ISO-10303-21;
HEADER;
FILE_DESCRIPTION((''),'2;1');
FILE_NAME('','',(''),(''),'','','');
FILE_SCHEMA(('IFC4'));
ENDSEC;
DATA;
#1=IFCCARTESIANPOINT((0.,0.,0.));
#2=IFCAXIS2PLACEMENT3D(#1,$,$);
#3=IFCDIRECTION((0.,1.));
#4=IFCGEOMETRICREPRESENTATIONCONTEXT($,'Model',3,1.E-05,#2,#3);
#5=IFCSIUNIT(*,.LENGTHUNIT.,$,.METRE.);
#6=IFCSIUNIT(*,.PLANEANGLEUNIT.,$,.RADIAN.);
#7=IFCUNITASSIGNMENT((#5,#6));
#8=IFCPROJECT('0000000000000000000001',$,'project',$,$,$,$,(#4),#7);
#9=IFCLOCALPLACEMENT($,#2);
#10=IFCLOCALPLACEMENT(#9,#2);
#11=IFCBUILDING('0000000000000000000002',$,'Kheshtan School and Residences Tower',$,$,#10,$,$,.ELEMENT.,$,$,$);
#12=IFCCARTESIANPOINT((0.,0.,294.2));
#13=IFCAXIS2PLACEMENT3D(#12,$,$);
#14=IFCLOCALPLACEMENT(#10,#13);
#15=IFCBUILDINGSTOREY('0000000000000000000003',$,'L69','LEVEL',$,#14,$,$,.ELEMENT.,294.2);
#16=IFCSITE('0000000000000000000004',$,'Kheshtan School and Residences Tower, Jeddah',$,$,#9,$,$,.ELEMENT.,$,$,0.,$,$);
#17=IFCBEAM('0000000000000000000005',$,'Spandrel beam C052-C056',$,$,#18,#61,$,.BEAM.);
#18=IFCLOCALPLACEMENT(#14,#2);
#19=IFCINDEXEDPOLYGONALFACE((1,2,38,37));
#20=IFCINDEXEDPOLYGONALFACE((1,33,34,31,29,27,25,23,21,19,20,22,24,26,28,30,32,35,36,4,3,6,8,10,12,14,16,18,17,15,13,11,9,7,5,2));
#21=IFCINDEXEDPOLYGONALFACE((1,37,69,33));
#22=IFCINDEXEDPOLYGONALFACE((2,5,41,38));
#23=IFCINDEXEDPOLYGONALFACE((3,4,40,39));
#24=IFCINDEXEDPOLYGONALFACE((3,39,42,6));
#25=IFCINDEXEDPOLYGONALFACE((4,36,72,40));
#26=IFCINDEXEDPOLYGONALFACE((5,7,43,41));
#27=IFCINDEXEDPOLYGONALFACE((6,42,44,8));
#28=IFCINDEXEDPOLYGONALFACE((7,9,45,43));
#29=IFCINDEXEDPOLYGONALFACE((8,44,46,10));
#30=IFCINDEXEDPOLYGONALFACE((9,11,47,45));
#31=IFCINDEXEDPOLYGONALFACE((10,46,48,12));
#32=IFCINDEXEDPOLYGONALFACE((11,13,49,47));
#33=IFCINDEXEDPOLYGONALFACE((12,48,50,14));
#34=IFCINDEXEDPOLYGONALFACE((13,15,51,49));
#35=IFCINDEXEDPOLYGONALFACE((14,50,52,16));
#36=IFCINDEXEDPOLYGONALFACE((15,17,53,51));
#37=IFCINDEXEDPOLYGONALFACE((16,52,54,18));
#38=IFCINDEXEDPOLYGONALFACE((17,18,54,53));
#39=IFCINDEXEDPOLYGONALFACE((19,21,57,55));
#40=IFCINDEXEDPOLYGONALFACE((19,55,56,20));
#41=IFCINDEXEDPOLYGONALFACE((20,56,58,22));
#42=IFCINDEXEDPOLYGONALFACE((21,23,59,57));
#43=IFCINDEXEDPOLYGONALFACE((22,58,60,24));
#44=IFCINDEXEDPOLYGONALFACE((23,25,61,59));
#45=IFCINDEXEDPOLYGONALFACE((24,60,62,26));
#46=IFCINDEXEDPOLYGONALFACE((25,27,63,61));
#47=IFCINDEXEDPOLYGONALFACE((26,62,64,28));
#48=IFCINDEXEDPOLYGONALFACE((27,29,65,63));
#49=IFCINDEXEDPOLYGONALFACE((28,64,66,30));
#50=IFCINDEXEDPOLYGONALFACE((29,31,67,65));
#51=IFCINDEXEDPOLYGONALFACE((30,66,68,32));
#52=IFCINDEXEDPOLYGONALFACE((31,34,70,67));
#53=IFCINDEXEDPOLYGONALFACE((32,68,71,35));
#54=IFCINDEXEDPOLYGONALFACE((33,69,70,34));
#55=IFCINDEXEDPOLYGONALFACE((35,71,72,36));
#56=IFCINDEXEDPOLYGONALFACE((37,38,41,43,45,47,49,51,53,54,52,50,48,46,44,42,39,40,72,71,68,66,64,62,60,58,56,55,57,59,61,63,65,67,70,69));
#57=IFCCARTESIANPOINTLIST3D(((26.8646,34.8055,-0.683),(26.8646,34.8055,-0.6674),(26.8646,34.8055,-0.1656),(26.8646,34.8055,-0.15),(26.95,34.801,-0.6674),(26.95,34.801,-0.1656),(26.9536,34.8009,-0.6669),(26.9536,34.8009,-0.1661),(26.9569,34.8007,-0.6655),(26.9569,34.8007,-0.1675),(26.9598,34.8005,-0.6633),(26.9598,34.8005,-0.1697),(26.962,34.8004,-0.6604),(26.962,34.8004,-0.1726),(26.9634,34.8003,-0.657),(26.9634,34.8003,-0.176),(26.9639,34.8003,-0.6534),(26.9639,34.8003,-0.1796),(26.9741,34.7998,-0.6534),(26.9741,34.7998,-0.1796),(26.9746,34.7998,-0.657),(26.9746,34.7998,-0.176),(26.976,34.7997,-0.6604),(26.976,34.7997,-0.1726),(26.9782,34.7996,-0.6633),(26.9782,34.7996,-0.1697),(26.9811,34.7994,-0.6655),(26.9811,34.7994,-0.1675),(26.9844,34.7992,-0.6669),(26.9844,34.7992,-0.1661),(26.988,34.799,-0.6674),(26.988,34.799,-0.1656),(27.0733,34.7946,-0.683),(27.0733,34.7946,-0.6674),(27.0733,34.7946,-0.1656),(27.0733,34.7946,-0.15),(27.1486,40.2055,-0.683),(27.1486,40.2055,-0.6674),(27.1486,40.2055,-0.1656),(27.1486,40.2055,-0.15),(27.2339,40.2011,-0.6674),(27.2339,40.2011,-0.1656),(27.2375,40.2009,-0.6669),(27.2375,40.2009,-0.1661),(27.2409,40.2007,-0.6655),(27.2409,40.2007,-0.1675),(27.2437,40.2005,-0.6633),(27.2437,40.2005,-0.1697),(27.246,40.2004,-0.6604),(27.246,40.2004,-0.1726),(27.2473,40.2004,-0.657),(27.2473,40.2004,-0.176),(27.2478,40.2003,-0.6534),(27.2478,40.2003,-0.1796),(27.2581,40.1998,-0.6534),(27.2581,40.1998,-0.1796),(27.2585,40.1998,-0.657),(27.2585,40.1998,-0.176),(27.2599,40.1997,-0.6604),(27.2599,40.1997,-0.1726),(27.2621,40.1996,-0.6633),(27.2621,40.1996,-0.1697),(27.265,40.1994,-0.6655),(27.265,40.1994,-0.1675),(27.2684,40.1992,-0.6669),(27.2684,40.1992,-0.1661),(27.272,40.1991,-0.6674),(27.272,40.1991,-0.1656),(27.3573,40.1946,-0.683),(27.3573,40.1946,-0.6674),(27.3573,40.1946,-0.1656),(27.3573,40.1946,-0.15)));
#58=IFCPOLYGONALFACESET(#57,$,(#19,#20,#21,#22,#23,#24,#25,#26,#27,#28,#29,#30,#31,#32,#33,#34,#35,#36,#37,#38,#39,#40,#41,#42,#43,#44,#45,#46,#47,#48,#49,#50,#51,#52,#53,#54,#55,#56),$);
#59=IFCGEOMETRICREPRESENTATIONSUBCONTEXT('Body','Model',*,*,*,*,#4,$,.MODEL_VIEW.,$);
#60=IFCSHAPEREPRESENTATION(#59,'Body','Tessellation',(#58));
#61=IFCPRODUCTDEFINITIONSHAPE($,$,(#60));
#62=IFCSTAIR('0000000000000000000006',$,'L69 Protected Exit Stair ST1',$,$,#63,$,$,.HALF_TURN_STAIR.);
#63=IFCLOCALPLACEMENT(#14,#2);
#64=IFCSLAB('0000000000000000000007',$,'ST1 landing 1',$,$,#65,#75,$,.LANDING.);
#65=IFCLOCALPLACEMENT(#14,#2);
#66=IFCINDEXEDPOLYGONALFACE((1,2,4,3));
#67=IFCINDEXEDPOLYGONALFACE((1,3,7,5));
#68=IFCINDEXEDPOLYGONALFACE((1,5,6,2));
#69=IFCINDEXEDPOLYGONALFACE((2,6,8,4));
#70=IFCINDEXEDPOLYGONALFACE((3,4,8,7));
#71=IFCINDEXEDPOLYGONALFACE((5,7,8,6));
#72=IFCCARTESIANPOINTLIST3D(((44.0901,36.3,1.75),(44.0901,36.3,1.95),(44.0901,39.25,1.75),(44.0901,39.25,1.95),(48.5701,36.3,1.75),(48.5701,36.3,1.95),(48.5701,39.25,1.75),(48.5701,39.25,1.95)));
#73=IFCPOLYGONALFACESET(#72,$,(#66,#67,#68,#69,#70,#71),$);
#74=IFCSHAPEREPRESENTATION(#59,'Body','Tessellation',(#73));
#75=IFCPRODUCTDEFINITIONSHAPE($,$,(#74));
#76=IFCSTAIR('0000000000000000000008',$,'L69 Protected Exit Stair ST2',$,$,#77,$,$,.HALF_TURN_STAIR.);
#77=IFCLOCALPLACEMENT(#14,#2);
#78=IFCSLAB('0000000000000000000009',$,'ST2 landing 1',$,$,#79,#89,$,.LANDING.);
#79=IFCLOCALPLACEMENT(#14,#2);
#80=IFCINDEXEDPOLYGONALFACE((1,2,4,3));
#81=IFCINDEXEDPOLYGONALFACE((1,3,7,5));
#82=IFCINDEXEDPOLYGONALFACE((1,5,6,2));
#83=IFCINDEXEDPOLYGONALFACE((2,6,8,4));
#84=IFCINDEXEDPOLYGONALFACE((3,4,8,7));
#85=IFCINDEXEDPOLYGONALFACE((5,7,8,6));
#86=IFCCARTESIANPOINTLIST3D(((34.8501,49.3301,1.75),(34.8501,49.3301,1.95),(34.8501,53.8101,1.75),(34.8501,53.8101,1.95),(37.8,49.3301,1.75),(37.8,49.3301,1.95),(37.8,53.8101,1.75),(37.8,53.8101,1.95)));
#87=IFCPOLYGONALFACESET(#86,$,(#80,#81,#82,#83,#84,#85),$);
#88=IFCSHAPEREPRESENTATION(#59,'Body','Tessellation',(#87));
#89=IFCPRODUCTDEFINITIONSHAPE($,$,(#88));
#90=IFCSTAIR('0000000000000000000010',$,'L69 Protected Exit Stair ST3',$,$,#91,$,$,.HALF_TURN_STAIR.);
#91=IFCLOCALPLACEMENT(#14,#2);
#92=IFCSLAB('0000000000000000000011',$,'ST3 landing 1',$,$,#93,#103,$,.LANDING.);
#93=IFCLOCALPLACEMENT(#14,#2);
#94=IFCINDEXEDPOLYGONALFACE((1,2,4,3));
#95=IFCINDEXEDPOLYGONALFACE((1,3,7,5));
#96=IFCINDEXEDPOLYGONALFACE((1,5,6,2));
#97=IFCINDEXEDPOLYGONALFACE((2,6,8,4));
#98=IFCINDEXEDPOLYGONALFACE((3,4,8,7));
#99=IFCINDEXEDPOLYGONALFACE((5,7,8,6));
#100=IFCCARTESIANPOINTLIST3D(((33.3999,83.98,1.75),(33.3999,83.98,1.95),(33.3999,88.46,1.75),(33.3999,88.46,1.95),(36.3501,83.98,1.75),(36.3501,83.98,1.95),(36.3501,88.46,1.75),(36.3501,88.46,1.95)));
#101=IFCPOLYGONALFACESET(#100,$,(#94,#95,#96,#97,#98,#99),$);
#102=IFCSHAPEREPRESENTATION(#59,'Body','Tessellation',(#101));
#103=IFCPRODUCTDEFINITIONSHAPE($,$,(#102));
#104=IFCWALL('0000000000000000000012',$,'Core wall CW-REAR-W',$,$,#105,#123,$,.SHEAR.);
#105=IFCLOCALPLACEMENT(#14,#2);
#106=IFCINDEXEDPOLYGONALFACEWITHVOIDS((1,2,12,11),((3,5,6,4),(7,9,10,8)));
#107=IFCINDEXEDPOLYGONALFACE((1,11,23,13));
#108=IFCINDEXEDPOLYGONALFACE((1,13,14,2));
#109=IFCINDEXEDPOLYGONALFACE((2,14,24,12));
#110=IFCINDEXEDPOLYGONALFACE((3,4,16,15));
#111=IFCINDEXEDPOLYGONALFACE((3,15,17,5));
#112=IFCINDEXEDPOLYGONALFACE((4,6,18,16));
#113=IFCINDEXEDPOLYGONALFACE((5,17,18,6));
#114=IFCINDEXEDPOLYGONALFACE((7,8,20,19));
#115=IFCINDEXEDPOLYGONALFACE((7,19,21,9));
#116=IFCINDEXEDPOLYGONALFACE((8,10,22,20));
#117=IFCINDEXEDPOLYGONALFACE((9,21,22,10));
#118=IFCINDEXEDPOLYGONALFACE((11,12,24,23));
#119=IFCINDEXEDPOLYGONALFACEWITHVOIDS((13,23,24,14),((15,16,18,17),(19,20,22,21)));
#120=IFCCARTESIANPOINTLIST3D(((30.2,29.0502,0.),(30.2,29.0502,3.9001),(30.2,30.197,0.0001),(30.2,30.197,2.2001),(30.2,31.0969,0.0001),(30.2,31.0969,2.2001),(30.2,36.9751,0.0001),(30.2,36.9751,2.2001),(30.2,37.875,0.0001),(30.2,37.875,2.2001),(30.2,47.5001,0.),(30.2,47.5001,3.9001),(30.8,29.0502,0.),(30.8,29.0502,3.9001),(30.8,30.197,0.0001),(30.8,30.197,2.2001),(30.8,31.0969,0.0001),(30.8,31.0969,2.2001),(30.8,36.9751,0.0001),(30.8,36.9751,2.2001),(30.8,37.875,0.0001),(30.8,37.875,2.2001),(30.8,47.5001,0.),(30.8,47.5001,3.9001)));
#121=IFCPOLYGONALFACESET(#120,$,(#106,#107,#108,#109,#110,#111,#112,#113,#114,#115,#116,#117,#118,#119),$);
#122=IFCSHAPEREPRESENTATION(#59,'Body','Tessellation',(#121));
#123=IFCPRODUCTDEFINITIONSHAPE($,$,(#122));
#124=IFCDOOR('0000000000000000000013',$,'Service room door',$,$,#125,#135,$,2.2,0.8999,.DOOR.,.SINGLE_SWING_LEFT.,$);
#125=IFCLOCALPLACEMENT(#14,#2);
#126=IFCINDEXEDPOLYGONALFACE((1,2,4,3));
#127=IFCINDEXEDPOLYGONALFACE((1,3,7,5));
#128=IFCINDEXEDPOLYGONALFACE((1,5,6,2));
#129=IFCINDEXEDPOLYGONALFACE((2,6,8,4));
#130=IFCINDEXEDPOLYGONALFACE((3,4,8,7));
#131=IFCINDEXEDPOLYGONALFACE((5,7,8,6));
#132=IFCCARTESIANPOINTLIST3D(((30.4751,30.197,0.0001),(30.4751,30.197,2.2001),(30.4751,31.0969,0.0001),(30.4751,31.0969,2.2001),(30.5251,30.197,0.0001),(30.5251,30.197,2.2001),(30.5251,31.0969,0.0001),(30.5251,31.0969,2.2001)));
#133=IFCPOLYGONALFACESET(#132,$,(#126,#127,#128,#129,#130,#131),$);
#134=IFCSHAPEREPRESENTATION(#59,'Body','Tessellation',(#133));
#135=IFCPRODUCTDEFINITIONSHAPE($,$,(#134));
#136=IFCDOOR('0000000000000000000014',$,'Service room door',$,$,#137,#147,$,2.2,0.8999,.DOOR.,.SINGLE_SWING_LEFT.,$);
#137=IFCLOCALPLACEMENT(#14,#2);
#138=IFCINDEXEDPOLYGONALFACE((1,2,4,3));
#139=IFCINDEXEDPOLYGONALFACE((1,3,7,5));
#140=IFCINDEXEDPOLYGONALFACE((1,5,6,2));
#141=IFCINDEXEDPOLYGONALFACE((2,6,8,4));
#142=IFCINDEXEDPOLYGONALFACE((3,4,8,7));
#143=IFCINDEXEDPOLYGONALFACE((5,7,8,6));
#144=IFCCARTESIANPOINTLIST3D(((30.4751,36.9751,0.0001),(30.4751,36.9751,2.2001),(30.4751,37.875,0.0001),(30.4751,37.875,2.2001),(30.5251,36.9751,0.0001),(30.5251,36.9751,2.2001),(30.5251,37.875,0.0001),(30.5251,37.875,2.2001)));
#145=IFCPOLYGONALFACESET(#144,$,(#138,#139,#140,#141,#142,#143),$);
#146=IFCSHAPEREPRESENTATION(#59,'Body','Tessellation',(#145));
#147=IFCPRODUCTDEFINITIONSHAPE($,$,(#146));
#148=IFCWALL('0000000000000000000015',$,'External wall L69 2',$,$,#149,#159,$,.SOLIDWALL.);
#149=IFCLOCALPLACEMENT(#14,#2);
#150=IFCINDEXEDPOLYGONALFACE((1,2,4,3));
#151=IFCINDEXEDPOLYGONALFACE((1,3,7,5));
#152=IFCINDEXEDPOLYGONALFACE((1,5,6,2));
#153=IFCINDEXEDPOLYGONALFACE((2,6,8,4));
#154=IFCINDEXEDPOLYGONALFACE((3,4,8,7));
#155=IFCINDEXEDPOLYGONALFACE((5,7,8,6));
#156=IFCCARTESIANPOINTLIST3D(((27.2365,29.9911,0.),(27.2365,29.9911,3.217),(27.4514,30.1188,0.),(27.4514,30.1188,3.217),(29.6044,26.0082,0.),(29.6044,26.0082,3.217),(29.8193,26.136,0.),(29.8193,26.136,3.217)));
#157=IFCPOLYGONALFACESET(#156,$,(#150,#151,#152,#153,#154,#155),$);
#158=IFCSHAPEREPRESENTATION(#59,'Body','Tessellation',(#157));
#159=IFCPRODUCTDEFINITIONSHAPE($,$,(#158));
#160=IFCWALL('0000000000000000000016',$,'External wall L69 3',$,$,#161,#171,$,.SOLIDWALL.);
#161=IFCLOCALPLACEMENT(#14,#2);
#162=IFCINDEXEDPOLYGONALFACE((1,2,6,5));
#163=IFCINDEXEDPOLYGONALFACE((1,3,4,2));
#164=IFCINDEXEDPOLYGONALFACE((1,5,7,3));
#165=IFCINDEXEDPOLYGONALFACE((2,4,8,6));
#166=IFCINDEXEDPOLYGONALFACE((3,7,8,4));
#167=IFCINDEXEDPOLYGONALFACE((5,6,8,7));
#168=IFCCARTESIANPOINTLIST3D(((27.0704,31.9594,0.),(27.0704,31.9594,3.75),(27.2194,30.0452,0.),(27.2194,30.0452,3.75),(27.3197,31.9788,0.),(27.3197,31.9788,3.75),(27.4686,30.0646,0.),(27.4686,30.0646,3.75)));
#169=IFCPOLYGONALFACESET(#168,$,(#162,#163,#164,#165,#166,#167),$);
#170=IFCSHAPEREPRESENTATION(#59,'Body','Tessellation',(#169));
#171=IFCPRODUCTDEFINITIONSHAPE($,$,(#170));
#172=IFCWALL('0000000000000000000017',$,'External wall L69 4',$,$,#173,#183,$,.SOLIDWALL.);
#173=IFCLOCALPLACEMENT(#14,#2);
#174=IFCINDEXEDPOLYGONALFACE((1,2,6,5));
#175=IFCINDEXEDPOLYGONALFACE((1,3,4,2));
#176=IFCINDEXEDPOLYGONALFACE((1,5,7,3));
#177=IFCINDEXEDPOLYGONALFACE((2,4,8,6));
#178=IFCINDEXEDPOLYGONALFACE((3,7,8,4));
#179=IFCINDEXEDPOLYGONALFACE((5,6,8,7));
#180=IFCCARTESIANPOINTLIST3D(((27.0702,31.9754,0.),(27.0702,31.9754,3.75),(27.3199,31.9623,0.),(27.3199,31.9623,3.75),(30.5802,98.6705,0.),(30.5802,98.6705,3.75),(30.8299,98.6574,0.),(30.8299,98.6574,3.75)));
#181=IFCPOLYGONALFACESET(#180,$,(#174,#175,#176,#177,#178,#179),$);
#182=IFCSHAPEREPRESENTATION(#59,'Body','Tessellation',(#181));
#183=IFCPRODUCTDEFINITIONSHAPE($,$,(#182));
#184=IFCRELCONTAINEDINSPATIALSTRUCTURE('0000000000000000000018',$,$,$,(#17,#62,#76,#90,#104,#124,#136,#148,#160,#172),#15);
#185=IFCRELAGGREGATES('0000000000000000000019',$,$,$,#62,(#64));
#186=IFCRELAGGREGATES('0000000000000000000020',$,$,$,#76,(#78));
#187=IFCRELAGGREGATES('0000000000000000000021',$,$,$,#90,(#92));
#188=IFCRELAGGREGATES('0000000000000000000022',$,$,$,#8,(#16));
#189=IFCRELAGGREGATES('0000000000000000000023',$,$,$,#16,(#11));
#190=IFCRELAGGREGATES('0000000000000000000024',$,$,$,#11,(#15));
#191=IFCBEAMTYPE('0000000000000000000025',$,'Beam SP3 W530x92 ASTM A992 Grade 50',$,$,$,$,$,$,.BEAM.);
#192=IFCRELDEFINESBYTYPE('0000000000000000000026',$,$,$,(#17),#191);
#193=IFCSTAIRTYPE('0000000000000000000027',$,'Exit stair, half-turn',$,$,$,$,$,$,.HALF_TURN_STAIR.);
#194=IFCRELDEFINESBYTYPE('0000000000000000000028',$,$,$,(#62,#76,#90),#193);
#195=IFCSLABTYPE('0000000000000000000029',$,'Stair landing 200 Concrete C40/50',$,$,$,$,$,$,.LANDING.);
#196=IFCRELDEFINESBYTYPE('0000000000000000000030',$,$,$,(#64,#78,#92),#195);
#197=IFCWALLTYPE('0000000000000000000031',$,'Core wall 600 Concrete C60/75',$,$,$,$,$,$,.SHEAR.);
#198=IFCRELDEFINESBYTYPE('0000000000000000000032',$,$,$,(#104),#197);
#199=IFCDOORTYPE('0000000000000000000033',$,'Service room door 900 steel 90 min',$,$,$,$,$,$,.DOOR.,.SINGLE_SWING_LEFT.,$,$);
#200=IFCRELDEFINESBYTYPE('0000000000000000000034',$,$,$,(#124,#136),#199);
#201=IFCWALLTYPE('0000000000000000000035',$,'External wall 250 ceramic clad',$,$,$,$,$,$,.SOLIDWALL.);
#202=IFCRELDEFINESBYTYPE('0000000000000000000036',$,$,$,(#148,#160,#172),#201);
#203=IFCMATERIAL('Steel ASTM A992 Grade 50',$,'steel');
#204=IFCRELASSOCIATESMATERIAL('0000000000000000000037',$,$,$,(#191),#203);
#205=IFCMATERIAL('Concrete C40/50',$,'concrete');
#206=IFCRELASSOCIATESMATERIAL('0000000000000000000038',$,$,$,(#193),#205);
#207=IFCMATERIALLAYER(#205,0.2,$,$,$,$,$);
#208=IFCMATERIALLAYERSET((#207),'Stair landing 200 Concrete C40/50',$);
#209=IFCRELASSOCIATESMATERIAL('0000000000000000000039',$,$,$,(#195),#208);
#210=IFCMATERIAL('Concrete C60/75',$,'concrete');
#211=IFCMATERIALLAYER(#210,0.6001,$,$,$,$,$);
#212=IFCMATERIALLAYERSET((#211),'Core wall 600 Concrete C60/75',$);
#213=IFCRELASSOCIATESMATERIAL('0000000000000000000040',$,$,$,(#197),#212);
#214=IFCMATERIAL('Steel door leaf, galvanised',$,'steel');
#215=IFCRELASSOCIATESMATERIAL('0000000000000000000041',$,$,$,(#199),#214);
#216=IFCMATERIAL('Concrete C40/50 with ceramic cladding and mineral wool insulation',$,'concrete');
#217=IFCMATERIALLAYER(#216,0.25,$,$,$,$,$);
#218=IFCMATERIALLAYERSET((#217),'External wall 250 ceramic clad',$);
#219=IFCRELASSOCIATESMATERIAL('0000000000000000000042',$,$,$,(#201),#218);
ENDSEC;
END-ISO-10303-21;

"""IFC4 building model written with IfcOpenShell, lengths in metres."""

from ifc_helpers import new_model, si_unit, direction, frame, frame_2d, origin, origin_2d, place, context, subcontext, project, spatial, polyline, rectangle, i_section, outline, extrude, source, transform, mapped, material, layer, layer_set, material_profile, profile_set, type_object, element, fill, aggregate, save


model = new_model("IFC4")

# Units and contexts
model_context = context("Model", 3, precision=1e-05, world=origin(), true_north=direction((0.0, 1.0)))
body_context = subcontext(model_context, "Body", "Model", "MODEL_VIEW")
ifc_project = project(units=[si_unit("LENGTHUNIT", "METRE"), si_unit("PLANEANGLEUNIT", "RADIAN")], contexts=[model_context])

# Site, building, storey
site_placement = place(None, origin())
site = spatial("IfcSite", under=ifc_project, at=site_placement, Name="Kheshtan School and Residences Tower, Jeddah", CompositionType="ELEMENT", RefElevation=0.0)
building_placement = place(site_placement, origin())
building = spatial("IfcBuilding", under=site, at=building_placement, Name="Kheshtan School and Residences Tower", CompositionType="ELEMENT")
storey_placement = place(building_placement, frame((0.0, 0.0, 294.2)))
storey = spatial("IfcBuildingStorey", under=building, at=storey_placement, Name="L69", Description="LEVEL", CompositionType="ELEMENT", Elevation=294.2)

# Shared definitions
ifc_material_1 = material(Name="Steel ASTM A992 Grade 50", Category="steel")

# Beam
ifc_material_profile_1 = material_profile(ifc_material_1, i_section(OverallWidth=0.209, OverallDepth=0.533, WebThickness=0.0103, FlangeThickness=0.0156, FilletRadius=0.0139, at=origin_2d()), Name="W530x92")
ifc_profile_set_1 = profile_set([ifc_material_profile_1], Name="Steel ASTM A992 Grade 50")
beam_type_1 = type_object("IfcBeamType", Name="Beam SP3 W530x92 ASTM A992 Grade 50", PredefinedType="BEAM", material=ifc_profile_set_1)
beam_1_placement = place(storey_placement, frame((26.969, 34.8, -0.4165), z_axis=(0.052509, 0.99862, 0.0), x_axis=(-0.99862, 0.052509, 0.0)))
element("IfcBeam", 1, at=beam_1_placement, inside=storey, type_object=beam_type_1, Name="Spandrel beam C052-C056", PredefinedType="BEAM", context=body_context, shape_type="SweptSolid", body=[
    extrude(i_section(OverallWidth=0.209, OverallDepth=0.533, WebThickness=0.0103, FlangeThickness=0.0156, FilletRadius=0.0139, at=origin_2d()), origin(), (0.0, 0.0, 1.0), 5.4075),
])

# Shared definitions
ifc_material_2 = material(Name="Concrete C40/50", Category="concrete")

# Stairs, slabs
stair_type = type_object("IfcStairType", Name="Exit stair, half-turn", PredefinedType="HALF_TURN_STAIR", material=ifc_material_2)
stair_1_placement = place(storey_placement, origin())
stair_1 = element("IfcStair", 2, at=stair_1_placement, inside=storey, type_object=stair_type, Name="L69 Protected Exit Stair ST1", PredefinedType="HALF_TURN_STAIR")
ifc_layer_1 = layer(ifc_material_2, 0.2)
ifc_layer_set_1 = layer_set([ifc_layer_1], Name="Stair landing 200 Concrete C40/50")
slab_type_1 = type_object("IfcSlabType", Name="Stair landing 200 Concrete C40/50", PredefinedType="LANDING", material=ifc_layer_set_1)
slab_1_placement = place(storey_placement, frame((0.0, 0.0, 1.75)))
slab_1 = element("IfcSlab", 3, at=slab_1_placement, type_object=slab_type_1, Name="ST1 landing 1", PredefinedType="LANDING", context=body_context, shape_type="SweptSolid", body=[
    extrude(outline(polyline([(48.5701, 39.25), (44.0901, 39.25), (44.0901, 36.3), (48.5701, 36.3), (48.5701, 39.25)])), origin(), (0.0, 0.0, 1.0), 0.2),
])
aggregate(stair_1, [slab_1])
stair_2_placement = place(storey_placement, origin())
stair_2 = element("IfcStair", 4, at=stair_2_placement, inside=storey, type_object=stair_type, Name="L69 Protected Exit Stair ST2", PredefinedType="HALF_TURN_STAIR")
slab_2_placement = place(storey_placement, frame((0.0, 0.0, 1.75)))
slab_2 = element("IfcSlab", 5, at=slab_2_placement, type_object=slab_type_1, Name="ST2 landing 1", PredefinedType="LANDING", context=body_context, shape_type="SweptSolid", body=[
    extrude(outline(polyline([(37.8, 49.3301), (37.8, 53.8101), (34.8501, 53.8101), (34.8501, 49.3301), (37.8, 49.3301)])), origin(), (0.0, 0.0, 1.0), 0.2),
])
aggregate(stair_2, [slab_2])
stair_3_placement = place(storey_placement, origin())
stair_3 = element("IfcStair", 6, at=stair_3_placement, inside=storey, type_object=stair_type, Name="L69 Protected Exit Stair ST3", PredefinedType="HALF_TURN_STAIR")
slab_3_placement = place(storey_placement, frame((0.0, 0.0, 1.75)))
slab_3 = element("IfcSlab", 7, at=slab_3_placement, type_object=slab_type_1, Name="ST3 landing 1", PredefinedType="LANDING", context=body_context, shape_type="SweptSolid", body=[
    extrude(outline(polyline([(36.3501, 83.98), (36.3501, 88.46), (33.3999, 88.46), (33.3999, 83.98), (36.3501, 83.98)])), origin(), (0.0, 0.0, 1.0), 0.2),
])
aggregate(stair_3, [slab_3])

# Wall, openings, doors
ifc_material_3 = material(Name="Concrete C60/75", Category="concrete")
ifc_layer_2 = layer(ifc_material_3, 0.6001)
ifc_layer_set_2 = layer_set([ifc_layer_2], Name="Core wall 600 Concrete C60/75")
wall_type_1 = type_object("IfcWallType", Name="Core wall 600 Concrete C60/75", PredefinedType="SHEAR", material=ifc_layer_set_2)
wall_1_placement = place(storey_placement, frame((30.5, 29.05, 0.0), z_axis=(0.0, 0.0, 1.0), x_axis=(0.0, 1.0, 0.0)))
wall_1 = element("IfcWall", 8, at=wall_1_placement, inside=storey, type_object=wall_type_1, Name="Core wall CW-REAR-W", PredefinedType="SHEAR", context=body_context, shape_type="SweptSolid", body=[
    extrude(rectangle(XDim=18.45, YDim=0.6001, at=frame_2d((9.2251, 0.0))), origin(), (0.0, 0.0, 1.0), 3.9001),
])
opening_1_placement = place(wall_1_placement, frame((1.147, 0.0, 0.0)))
opening_1 = element("IfcOpeningElement", 9, at=opening_1_placement, cuts=wall_1, PredefinedType="OPENING", context=body_context, shape_type="SweptSolid", body=[
    extrude(rectangle(XDim=0.8999, YDim=2.2, at=frame_2d((0.45, 1.1001))), frame((0.0, 0.3101, 0.0), z_axis=(0.0, -1.0, 0.0), x_axis=(1.0, 0.0, 0.0)), (0.0, 0.0, 1.0), 0.6201),
])
opening_2_placement = place(wall_1_placement, frame((7.925, 0.0, 0.0)))
opening_2 = element("IfcOpeningElement", 10, at=opening_2_placement, cuts=wall_1, PredefinedType="OPENING", context=body_context, shape_type="SweptSolid", body=[
    extrude(rectangle(XDim=0.8999, YDim=2.2, at=frame_2d((0.45, 1.1001))), frame((0.0, 0.3101, 0.0), z_axis=(0.0, -1.0, 0.0), x_axis=(1.0, 0.0, 0.0)), (0.0, 0.0, 1.0), 0.6201),
])
ifc_material_4 = material(Name="Steel door leaf, galvanised", Category="steel")
door_type = type_object("IfcDoorType", Name="Service room door 900 steel 90 min", OperationType="SINGLE_SWING_LEFT", PredefinedType="DOOR", material=ifc_material_4)
shared_shape = source(origin(), body_context, "Body", "SweptSolid", [
    extrude(rectangle(XDim=0.8999, YDim=2.2, at=frame_2d((0.45, 1.1001))), frame((0.0, 0.0249, 0.0), z_axis=(0.0, -1.0, 0.0), x_axis=(1.0, 0.0, 0.0)), (0.0, 0.0, 1.0), 0.05),
])
door_1_placement = place(opening_1_placement, origin())
door_1 = element("IfcDoor", 11, at=door_1_placement, inside=storey, type_object=door_type, Name="Service room door", OperationType="SINGLE_SWING_LEFT", OverallHeight=2.2, OverallWidth=0.8999, PredefinedType="DOOR", context=body_context, shape_type="MappedRepresentation", body=[
    mapped(shared_shape, transform((0.0, 0.0, 0.0), x_axis=(1.0, 0.0, 0.0), y_axis=(0.0, 1.0, 0.0), z_axis=(0.0, 0.0, 1.0), scale=1.0)),
])
fill(opening_1, door_1)
door_2_placement = place(opening_2_placement, origin())
door_2 = element("IfcDoor", 12, at=door_2_placement, inside=storey, type_object=door_type, Name="Service room door", OperationType="SINGLE_SWING_LEFT", OverallHeight=2.2, OverallWidth=0.8999, PredefinedType="DOOR", context=body_context, shape_type="MappedRepresentation", body=[
    mapped(shared_shape, transform((0.0, 0.0, 0.0), x_axis=(1.0, 0.0, 0.0), y_axis=(0.0, 1.0, 0.0), z_axis=(0.0, 0.0, 1.0), scale=1.0)),
])
fill(opening_2, door_2)

# Walls
ifc_material_5 = material(Name="Concrete C40/50 with ceramic cladding and mineral wool insulation", Category="concrete")
ifc_layer_3 = layer(ifc_material_5, 0.25)
ifc_layer_set_3 = layer_set([ifc_layer_3], Name="External wall 250 ceramic clad")
wall_type_2 = type_object("IfcWallType", Name="External wall 250 ceramic clad", PredefinedType="SOLIDWALL", material=ifc_layer_set_3)
wall_2_placement = place(storey_placement, frame((29.7119, 26.072, 0.0), z_axis=(0.0, 0.0, 1.0), x_axis=(-0.511028, 0.859564, 0.0)))
element("IfcWall", 13, at=wall_2_placement, inside=storey, type_object=wall_type_2, Name="External wall L69 2", PredefinedType="SOLIDWALL", context=body_context, shape_type="SweptSolid", body=[
    extrude(rectangle(XDim=4.6335, YDim=0.25, at=frame_2d((2.3169, 0.0))), origin(), (0.0, 0.0, 1.0), 3.217),
])
wall_3_placement = place(storey_placement, frame((27.344, 30.0549, 0.0), z_axis=(0.0, 0.0, 1.0), x_axis=(-0.077572, 0.996987, 0.0)))
element("IfcWall", 14, at=wall_3_placement, inside=storey, type_object=wall_type_2, Name="External wall L69 3", PredefinedType="SOLIDWALL", context=body_context, shape_type="SweptSolid", body=[
    extrude(rectangle(XDim=1.9199, YDim=0.25, at=frame_2d((0.96, 0.0))), origin(), (0.0, 0.0, 1.0), 3.75),
])
wall_4_placement = place(storey_placement, frame((27.1951, 31.969, 0.0), z_axis=(0.0, 0.0, 1.0), x_axis=(0.052555, 0.998618, 0.0)))
element("IfcWall", 15, at=wall_4_placement, inside=storey, type_object=wall_type_2, Name="External wall L69 4", PredefinedType="SOLIDWALL", context=body_context, shape_type="SweptSolid", body=[
    extrude(rectangle(XDim=66.7874, YDim=0.25, at=frame_2d((33.3936, 0.0))), origin(), (0.0, 0.0, 1.0), 3.75),
])

save(model, "model.ifc")
